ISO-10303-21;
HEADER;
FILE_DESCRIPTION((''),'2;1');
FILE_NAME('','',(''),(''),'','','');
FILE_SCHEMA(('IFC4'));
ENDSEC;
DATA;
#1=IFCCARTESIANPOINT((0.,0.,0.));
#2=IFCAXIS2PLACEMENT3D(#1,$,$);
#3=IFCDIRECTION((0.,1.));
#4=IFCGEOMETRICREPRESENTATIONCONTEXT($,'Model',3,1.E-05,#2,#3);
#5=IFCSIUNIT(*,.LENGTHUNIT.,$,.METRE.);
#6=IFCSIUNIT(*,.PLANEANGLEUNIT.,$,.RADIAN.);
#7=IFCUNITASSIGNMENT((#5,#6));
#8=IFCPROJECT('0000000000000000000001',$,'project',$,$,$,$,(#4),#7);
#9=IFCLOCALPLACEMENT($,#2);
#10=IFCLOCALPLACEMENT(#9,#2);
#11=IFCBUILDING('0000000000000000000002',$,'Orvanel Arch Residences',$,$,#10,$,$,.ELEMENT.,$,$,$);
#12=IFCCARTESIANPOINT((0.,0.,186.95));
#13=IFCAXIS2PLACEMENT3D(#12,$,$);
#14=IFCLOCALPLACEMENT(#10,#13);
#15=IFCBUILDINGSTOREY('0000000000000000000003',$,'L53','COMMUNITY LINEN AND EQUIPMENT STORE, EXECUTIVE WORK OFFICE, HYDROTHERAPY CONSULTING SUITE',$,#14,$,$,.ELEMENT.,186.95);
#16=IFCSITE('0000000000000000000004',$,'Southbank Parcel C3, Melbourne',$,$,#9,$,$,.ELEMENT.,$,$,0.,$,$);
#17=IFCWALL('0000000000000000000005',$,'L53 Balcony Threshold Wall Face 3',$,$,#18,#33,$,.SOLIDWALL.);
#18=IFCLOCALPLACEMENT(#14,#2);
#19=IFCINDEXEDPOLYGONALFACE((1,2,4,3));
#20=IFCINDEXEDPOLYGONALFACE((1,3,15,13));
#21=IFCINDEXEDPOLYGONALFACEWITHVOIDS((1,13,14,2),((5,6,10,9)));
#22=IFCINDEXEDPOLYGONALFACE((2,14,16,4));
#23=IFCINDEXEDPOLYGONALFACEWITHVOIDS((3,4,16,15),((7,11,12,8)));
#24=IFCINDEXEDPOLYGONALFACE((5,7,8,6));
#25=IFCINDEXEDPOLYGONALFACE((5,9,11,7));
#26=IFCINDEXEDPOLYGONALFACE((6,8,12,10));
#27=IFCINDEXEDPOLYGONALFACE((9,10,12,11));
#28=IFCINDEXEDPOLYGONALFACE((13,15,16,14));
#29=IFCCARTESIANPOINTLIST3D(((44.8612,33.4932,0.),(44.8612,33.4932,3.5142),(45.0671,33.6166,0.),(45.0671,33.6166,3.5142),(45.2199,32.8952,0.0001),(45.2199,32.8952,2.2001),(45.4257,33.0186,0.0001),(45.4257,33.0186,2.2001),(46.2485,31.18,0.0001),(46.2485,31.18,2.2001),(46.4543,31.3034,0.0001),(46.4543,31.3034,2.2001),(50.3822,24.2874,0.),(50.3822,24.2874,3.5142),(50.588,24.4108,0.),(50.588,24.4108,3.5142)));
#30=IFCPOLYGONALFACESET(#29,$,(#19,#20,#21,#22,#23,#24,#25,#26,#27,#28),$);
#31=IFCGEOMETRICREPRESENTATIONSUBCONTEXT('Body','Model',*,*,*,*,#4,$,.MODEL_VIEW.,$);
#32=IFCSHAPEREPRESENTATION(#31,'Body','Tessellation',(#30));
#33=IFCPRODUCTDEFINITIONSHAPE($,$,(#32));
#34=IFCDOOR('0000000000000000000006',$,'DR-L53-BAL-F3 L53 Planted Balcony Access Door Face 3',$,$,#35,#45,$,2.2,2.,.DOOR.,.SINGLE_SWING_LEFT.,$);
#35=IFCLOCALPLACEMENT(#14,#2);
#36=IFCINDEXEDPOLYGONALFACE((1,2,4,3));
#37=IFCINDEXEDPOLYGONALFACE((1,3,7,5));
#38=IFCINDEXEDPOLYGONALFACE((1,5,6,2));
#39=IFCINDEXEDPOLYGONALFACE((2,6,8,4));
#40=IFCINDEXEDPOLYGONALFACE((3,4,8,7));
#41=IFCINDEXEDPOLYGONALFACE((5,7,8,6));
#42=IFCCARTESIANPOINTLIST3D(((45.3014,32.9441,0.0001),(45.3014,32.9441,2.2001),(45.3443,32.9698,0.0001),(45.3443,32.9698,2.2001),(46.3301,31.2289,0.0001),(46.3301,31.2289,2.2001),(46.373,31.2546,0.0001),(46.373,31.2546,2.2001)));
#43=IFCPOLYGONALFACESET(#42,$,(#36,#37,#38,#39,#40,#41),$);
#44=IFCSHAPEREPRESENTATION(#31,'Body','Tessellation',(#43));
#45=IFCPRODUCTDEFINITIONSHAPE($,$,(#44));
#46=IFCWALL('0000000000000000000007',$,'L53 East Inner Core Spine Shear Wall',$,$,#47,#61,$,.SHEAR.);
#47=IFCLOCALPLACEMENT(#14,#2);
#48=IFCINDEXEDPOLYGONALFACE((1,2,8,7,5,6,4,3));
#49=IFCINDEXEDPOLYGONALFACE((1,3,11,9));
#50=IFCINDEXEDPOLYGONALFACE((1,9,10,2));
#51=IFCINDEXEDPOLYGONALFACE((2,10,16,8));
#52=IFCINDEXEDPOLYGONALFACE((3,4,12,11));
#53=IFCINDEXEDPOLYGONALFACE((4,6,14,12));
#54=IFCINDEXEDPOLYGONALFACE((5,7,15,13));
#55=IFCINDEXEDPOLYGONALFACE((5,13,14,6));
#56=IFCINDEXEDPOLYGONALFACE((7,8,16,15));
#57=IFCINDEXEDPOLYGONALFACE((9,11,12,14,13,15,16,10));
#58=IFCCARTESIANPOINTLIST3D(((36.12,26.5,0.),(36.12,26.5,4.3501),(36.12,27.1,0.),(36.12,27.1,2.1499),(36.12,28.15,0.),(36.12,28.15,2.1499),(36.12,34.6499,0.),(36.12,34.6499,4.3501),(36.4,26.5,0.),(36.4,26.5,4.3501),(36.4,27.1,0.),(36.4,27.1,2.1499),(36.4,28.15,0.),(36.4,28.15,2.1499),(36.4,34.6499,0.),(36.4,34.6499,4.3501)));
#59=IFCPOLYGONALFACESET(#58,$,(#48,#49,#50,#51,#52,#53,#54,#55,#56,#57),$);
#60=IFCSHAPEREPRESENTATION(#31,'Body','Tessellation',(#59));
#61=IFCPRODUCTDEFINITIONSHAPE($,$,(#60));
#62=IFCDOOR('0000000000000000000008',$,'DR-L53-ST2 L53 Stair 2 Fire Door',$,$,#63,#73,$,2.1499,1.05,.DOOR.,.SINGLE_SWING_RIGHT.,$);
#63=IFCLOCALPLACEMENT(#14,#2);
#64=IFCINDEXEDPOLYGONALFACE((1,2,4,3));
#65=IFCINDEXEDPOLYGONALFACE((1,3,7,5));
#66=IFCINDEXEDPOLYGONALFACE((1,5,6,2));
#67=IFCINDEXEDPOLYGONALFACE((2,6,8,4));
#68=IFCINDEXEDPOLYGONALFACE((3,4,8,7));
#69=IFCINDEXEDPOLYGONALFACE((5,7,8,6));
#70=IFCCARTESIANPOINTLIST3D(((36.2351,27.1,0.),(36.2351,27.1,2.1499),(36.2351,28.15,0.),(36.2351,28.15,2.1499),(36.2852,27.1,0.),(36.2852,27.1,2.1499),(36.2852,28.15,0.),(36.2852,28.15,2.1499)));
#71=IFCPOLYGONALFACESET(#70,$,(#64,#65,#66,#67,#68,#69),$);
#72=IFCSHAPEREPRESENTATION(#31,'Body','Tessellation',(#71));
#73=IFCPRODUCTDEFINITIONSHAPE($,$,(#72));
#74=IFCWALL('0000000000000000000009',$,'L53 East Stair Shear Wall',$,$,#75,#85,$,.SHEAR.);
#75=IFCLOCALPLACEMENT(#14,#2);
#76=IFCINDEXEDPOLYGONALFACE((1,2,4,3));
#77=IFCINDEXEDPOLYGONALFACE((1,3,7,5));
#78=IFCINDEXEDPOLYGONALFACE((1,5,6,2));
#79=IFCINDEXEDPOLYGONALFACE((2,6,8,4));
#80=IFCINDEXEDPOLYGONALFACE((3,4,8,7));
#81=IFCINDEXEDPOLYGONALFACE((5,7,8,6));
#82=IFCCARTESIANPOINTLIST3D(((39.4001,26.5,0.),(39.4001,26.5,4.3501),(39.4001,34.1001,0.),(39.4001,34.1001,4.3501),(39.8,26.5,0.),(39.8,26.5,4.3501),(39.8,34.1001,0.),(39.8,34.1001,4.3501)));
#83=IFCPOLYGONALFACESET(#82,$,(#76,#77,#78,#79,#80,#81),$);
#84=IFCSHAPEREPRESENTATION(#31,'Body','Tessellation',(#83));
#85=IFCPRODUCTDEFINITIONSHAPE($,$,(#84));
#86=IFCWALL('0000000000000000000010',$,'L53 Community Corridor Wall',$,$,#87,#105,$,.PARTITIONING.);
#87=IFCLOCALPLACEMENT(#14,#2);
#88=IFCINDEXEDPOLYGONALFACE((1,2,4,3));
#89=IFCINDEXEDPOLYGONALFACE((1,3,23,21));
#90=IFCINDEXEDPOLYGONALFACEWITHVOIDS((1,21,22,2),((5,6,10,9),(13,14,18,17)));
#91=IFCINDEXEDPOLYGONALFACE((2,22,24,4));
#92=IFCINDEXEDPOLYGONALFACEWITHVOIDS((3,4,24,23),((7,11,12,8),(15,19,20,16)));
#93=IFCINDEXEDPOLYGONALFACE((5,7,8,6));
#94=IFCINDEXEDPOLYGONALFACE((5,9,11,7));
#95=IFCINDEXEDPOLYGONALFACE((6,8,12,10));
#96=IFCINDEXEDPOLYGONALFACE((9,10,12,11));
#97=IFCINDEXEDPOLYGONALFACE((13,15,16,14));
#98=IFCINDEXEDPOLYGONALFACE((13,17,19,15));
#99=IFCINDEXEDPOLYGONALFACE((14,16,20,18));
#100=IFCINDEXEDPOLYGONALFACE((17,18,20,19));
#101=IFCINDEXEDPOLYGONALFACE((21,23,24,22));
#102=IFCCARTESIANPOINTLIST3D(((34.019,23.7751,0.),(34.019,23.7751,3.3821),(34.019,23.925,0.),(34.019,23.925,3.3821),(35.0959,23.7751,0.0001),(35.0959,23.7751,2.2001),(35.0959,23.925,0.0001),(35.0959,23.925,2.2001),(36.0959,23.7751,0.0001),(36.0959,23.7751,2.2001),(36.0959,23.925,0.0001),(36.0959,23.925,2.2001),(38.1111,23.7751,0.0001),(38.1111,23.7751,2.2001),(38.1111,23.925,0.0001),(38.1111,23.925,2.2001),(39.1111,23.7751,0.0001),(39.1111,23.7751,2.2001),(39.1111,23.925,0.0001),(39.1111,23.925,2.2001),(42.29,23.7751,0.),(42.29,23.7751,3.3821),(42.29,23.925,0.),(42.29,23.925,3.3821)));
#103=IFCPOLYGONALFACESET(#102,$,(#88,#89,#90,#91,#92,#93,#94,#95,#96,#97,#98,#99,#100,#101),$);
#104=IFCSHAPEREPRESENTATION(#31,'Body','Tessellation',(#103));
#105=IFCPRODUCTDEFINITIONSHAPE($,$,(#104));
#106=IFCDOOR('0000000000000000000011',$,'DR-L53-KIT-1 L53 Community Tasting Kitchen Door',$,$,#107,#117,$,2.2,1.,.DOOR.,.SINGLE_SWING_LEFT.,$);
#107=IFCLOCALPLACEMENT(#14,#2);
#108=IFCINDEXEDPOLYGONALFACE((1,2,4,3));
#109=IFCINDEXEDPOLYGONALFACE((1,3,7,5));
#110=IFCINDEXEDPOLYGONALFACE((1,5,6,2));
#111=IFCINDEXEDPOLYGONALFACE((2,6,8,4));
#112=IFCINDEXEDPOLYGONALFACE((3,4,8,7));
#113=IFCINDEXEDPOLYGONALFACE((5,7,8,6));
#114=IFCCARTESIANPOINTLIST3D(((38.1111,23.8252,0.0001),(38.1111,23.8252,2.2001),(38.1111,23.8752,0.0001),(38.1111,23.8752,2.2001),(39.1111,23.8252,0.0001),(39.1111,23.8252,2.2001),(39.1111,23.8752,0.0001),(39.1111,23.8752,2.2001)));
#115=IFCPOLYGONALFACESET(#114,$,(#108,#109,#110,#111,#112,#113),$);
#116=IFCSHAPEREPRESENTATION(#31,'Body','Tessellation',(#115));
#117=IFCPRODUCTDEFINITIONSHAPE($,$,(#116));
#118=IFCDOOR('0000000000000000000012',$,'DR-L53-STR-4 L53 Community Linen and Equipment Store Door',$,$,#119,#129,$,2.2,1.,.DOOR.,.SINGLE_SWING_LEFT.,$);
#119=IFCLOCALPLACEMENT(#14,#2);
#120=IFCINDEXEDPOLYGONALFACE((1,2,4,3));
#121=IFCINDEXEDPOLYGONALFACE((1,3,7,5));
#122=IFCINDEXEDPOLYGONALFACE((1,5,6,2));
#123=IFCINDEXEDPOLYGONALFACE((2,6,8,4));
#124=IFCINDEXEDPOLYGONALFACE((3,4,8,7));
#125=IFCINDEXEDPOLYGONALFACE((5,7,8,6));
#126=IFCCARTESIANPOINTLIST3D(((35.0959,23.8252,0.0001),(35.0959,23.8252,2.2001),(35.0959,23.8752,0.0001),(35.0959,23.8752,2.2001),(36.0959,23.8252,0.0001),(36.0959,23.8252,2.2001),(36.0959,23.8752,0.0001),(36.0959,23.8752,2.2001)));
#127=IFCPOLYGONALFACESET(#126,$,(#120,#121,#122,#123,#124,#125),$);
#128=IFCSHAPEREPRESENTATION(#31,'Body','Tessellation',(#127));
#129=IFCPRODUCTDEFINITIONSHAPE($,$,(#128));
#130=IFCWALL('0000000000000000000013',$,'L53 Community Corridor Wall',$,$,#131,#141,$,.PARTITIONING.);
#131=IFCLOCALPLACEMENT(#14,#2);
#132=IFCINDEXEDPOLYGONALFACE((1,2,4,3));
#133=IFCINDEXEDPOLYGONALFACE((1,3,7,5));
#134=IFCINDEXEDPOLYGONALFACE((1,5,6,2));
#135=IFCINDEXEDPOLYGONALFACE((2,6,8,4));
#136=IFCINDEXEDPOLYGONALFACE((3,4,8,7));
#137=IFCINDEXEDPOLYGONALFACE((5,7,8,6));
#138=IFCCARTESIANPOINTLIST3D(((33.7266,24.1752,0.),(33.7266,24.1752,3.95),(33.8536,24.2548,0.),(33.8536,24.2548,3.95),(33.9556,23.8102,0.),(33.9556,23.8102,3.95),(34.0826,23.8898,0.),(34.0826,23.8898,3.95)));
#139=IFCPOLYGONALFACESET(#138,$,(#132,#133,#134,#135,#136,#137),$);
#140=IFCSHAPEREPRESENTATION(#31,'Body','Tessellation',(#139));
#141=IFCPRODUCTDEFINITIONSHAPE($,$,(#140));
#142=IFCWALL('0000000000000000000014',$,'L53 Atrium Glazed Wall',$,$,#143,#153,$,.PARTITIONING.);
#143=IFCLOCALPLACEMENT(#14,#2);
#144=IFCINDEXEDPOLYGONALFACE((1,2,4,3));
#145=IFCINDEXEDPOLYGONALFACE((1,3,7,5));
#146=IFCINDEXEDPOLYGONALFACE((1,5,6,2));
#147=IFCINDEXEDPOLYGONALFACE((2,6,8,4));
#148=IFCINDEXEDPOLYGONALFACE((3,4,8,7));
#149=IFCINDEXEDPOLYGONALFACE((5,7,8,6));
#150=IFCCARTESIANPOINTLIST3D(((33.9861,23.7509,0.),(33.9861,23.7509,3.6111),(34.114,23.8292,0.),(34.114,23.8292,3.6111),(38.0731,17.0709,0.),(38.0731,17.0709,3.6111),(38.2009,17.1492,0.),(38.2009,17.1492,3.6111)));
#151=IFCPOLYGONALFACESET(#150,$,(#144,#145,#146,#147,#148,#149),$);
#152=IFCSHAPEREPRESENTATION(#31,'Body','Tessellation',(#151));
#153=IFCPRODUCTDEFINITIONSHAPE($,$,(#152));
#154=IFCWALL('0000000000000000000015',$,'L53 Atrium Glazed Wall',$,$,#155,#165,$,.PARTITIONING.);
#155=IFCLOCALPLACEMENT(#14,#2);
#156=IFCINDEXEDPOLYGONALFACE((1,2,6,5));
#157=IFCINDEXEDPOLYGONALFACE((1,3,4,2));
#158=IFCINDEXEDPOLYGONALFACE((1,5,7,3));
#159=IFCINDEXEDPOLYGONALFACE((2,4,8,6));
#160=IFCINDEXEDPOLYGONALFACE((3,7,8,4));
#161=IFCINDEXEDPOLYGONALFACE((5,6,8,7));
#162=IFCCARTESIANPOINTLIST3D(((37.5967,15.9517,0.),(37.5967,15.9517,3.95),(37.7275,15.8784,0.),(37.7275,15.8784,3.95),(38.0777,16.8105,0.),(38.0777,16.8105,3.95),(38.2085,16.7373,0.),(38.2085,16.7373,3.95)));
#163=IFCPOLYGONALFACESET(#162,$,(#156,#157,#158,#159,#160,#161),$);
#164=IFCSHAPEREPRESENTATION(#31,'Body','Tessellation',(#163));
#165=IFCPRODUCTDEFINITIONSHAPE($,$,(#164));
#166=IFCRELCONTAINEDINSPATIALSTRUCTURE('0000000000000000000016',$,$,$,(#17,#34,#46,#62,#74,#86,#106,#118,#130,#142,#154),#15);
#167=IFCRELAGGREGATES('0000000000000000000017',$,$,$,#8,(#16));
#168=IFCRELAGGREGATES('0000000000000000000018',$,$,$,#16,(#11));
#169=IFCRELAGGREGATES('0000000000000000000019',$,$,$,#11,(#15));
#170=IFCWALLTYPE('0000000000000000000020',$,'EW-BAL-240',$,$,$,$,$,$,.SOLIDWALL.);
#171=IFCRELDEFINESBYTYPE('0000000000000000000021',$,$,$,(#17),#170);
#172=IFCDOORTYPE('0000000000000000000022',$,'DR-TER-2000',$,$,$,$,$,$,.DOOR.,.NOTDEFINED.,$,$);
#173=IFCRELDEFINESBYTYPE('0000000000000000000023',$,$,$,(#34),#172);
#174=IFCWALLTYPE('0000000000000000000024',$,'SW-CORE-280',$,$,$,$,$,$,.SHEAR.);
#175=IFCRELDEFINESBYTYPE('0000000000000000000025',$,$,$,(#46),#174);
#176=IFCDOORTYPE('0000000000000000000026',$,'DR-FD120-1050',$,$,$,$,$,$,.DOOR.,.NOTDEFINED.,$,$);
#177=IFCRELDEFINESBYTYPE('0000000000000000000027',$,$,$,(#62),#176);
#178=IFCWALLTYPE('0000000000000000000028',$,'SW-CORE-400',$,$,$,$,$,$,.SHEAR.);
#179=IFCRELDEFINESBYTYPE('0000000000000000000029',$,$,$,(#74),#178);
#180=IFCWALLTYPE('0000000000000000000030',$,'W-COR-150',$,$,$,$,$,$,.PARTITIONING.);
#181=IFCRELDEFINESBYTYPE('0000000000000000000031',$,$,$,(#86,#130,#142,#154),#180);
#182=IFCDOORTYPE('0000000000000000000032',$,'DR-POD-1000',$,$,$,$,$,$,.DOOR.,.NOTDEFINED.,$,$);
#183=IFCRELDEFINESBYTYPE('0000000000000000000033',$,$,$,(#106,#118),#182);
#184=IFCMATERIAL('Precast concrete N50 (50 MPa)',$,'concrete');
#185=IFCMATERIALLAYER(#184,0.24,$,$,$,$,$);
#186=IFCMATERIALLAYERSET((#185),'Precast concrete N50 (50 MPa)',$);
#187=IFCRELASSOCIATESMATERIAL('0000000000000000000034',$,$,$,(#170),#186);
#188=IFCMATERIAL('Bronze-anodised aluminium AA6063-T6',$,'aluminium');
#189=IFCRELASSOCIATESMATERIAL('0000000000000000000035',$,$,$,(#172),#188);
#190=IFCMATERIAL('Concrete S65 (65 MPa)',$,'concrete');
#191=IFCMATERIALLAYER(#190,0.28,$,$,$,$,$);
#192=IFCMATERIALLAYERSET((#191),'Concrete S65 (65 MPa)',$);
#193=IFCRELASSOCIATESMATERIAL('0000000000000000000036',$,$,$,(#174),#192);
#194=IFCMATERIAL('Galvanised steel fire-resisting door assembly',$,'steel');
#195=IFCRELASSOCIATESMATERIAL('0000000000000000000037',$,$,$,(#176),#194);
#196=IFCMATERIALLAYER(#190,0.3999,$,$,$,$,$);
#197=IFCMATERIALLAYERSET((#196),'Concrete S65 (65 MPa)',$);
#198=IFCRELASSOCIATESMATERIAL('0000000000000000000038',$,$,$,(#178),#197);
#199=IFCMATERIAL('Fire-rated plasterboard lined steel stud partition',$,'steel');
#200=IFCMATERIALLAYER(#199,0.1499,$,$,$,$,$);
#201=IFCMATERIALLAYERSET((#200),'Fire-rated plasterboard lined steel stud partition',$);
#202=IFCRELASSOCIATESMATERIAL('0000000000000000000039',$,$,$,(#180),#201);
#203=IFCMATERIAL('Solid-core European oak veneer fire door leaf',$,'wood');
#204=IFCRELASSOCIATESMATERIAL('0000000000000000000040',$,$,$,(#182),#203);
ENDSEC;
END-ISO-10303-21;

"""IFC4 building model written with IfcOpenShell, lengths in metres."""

from ifc_helpers import new_model, si_unit, direction, frame, frame_2d, origin, place, context, subcontext, project, spatial, rectangle, extrude, material, layer, layer_set, type_object, element, fill, save


model = new_model("IFC4")

# Units and contexts
model_context = context("Model", 3, precision=1e-05, world=origin(), true_north=direction((0.0, 1.0)))
body_context = subcontext(model_context, "Body", "Model", "MODEL_VIEW")
ifc_project = project(units=[si_unit("LENGTHUNIT", "METRE"), si_unit("PLANEANGLEUNIT", "RADIAN")], contexts=[model_context])

# Site, building, storey
site_placement = place(None, origin())
site = spatial("IfcSite", under=ifc_project, at=site_placement, Name="Southbank Parcel C3, Melbourne", CompositionType="ELEMENT", RefElevation=0.0)
building_placement = place(site_placement, origin())
building = spatial("IfcBuilding", under=site, at=building_placement, Name="Orvanel Arch Residences", CompositionType="ELEMENT")
storey_placement = place(building_placement, frame((0.0, 0.0, 186.95)))
storey = spatial("IfcBuildingStorey", under=building, at=storey_placement, Name="L53", Description="COMMUNITY LINEN AND EQUIPMENT STORE, EXECUTIVE WORK OFFICE, HYDROTHERAPY CONSULTING SUITE", CompositionType="ELEMENT", Elevation=186.95)

# Shared definitions
ifc_material_1 = material(Name="Bronze-anodised aluminium AA6063-T6", Category="aluminium")

# Walls, openings, doors
ifc_material_2 = material(Name="Precast concrete N50 (50 MPa)", Category="concrete")
ifc_layer_1 = layer(ifc_material_2, 0.24)
ifc_layer_set_1 = layer_set([ifc_layer_1], Name="Precast concrete N50 (50 MPa)")
wall_type_1 = type_object("IfcWallType", Name="EW-BAL-240", PredefinedType="SOLIDWALL", material=ifc_layer_set_1)
wall_1_placement = place(storey_placement, frame((50.4851, 24.3491, 0.0), z_axis=(0.0, 0.0, 1.0), x_axis=(-0.514325, 0.857595, 0.0)))
wall_1 = element("IfcWall", 1, at=wall_1_placement, inside=storey, type_object=wall_type_1, Name="L53 Balcony Threshold Wall Face 3", PredefinedType="SOLIDWALL", context=body_context, shape_type="SweptSolid", body=[
    extrude(rectangle(XDim=10.7344, YDim=0.24, at=frame_2d((5.3672, 0.0))), origin(), (0.0, 0.0, 1.0), 3.5142),
])
opening_1_placement = place(wall_1_placement, frame((8.0371, 0.0, 0.0)))
opening_1 = element("IfcOpeningElement", 2, at=opening_1_placement, cuts=wall_1, PredefinedType="OPENING", context=body_context, shape_type="SweptSolid", body=[
    extrude(rectangle(XDim=2.0, YDim=2.2, at=frame_2d((1.0, 1.1001))), frame((0.0, 0.1299, 0.0), z_axis=(0.0, -1.0, 0.0), x_axis=(1.0, 0.0, 0.0)), (0.0, 0.0, 1.0), 0.26),
])
door_type_1 = type_object("IfcDoorType", Name="DR-TER-2000", OperationType="NOTDEFINED", PredefinedType="DOOR", material=ifc_material_1)
door_1_placement = place(opening_1_placement, origin())
door_1 = element("IfcDoor", 3, at=door_1_placement, inside=storey, type_object=door_type_1, Name="DR-L53-BAL-F3 L53 Planted Balcony Access Door Face 3", OperationType="SINGLE_SWING_LEFT", OverallHeight=2.2, OverallWidth=2.0, PredefinedType="DOOR", context=body_context, shape_type="SweptSolid", body=[
    extrude(rectangle(XDim=2.0, YDim=2.2, at=frame_2d((1.0, 1.1001))), frame((0.0, 0.0249, 0.0), z_axis=(0.0, -1.0, 0.0), x_axis=(1.0, 0.0, 0.0)), (0.0, 0.0, 1.0), 0.05),
])
fill(opening_1, door_1)
ifc_material_3 = material(Name="Concrete S65 (65 MPa)", Category="concrete")
ifc_layer_2 = layer(ifc_material_3, 0.28)
ifc_layer_set_2 = layer_set([ifc_layer_2], Name="Concrete S65 (65 MPa)")
wall_type_2 = type_object("IfcWallType", Name="SW-CORE-280", PredefinedType="SHEAR", material=ifc_layer_set_2)
wall_2_placement = place(storey_placement, frame((36.26, 26.5, 0.0), z_axis=(0.0, 0.0, 1.0), x_axis=(0.0, 1.0, 0.0)))
wall_2 = element("IfcWall", 4, at=wall_2_placement, inside=storey, type_object=wall_type_2, Name="L53 East Inner Core Spine Shear Wall", PredefinedType="SHEAR", context=body_context, shape_type="SweptSolid", body=[
    extrude(rectangle(XDim=8.1499, YDim=0.28, at=frame_2d((4.075, 0.0))), origin(), (0.0, 0.0, 1.0), 4.3501),
])
opening_2_placement = place(wall_2_placement, frame((0.6001, 0.0, 0.0)))
opening_2 = element("IfcOpeningElement", 5, at=opening_2_placement, cuts=wall_2, PredefinedType="OPENING", context=body_context, shape_type="SweptSolid", body=[
    extrude(rectangle(XDim=1.05, YDim=2.1499, at=frame_2d((0.5249, 1.075))), frame((0.0, 0.1499, 0.0), z_axis=(0.0, -1.0, 0.0), x_axis=(1.0, 0.0, 0.0)), (0.0, 0.0, 1.0), 0.3),
])
ifc_material_4 = material(Name="Galvanised steel fire-resisting door assembly", Category="steel")
door_type_2 = type_object("IfcDoorType", Name="DR-FD120-1050", OperationType="NOTDEFINED", PredefinedType="DOOR", material=ifc_material_4)
door_2_placement = place(opening_2_placement, origin())
door_2 = element("IfcDoor", 6, at=door_2_placement, inside=storey, type_object=door_type_2, Name="DR-L53-ST2 L53 Stair 2 Fire Door", OperationType="SINGLE_SWING_RIGHT", OverallHeight=2.1499, OverallWidth=1.05, PredefinedType="DOOR", context=body_context, shape_type="SweptSolid", body=[
    extrude(rectangle(XDim=1.05, YDim=2.1499, at=frame_2d((0.5249, 1.075))), frame((0.0, 0.0249, 0.0), z_axis=(0.0, -1.0, 0.0), x_axis=(1.0, 0.0, 0.0)), (0.0, 0.0, 1.0), 0.05),
])
fill(opening_2, door_2)

# Wall
ifc_layer_3 = layer(ifc_material_3, 0.3999)
ifc_layer_set_3 = layer_set([ifc_layer_3], Name="Concrete S65 (65 MPa)")
wall_type_3 = type_object("IfcWallType", Name="SW-CORE-400", PredefinedType="SHEAR", material=ifc_layer_set_3)
wall_3_placement = place(storey_placement, frame((39.6001, 26.5, 0.0), z_axis=(0.0, 0.0, 1.0), x_axis=(0.0, 1.0, 0.0)))
element("IfcWall", 7, at=wall_3_placement, inside=storey, type_object=wall_type_3, Name="L53 East Stair Shear Wall", PredefinedType="SHEAR", context=body_context, shape_type="SweptSolid", body=[
    extrude(rectangle(XDim=7.6001, YDim=0.3999, at=frame_2d((3.8, 0.0))), origin(), (0.0, 0.0, 1.0), 4.3501),
])

# Wall, openings, doors
ifc_material_5 = material(Name="Fire-rated plasterboard lined steel stud partition", Category="steel")
ifc_layer_4 = layer(ifc_material_5, 0.1499)
ifc_layer_set_4 = layer_set([ifc_layer_4], Name="Fire-rated plasterboard lined steel stud partition")
wall_type_4 = type_object("IfcWallType", Name="W-COR-150", PredefinedType="PARTITIONING", material=ifc_layer_set_4)
wall_4_placement = place(storey_placement, frame((42.29, 23.8501, 0.0), z_axis=(0.0, 0.0, 1.0), x_axis=(-1.0, 0.0, 0.0)))
wall_4 = element("IfcWall", 8, at=wall_4_placement, inside=storey, type_object=wall_type_4, Name="L53 Community Corridor Wall", PredefinedType="PARTITIONING", context=body_context, shape_type="SweptSolid", body=[
    extrude(rectangle(XDim=8.271, YDim=0.1499, at=frame_2d((4.1355, 0.0))), origin(), (0.0, 0.0, 1.0), 3.3821),
])
opening_3_placement = place(wall_4_placement, frame((3.179, 0.0, 0.0)))
opening_3 = element("IfcOpeningElement", 9, at=opening_3_placement, cuts=wall_4, PredefinedType="OPENING", context=body_context, shape_type="SweptSolid", body=[
    extrude(rectangle(XDim=1.0, YDim=2.2, at=frame_2d((0.5, 1.1001))), frame((0.0, 0.085, 0.0), z_axis=(0.0, -1.0, 0.0), x_axis=(1.0, 0.0, 0.0)), (0.0, 0.0, 1.0), 0.1699),
])
opening_4_placement = place(wall_4_placement, frame((6.1941, 0.0, 0.0)))
opening_4 = element("IfcOpeningElement", 10, at=opening_4_placement, cuts=wall_4, PredefinedType="OPENING", context=body_context, shape_type="SweptSolid", body=[
    extrude(rectangle(XDim=1.0, YDim=2.2, at=frame_2d((0.5, 1.1001))), frame((0.0, 0.085, 0.0), z_axis=(0.0, -1.0, 0.0), x_axis=(1.0, 0.0, 0.0)), (0.0, 0.0, 1.0), 0.1699),
])
ifc_material_6 = material(Name="Solid-core European oak veneer fire door leaf", Category="wood")
door_type_3 = type_object("IfcDoorType", Name="DR-POD-1000", OperationType="NOTDEFINED", PredefinedType="DOOR", material=ifc_material_6)
door_3_placement = place(opening_3_placement, origin())
door_3 = element("IfcDoor", 11, at=door_3_placement, inside=storey, type_object=door_type_3, Name="DR-L53-KIT-1 L53 Community Tasting Kitchen Door", OperationType="SINGLE_SWING_LEFT", OverallHeight=2.2, OverallWidth=1.0, PredefinedType="DOOR", context=body_context, shape_type="SweptSolid", body=[
    extrude(rectangle(XDim=1.0, YDim=2.2, at=frame_2d((0.5, 1.1001))), frame((0.0, 0.0249, 0.0), z_axis=(0.0, -1.0, 0.0), x_axis=(1.0, 0.0, 0.0)), (0.0, 0.0, 1.0), 0.05),
])
fill(opening_3, door_3)
door_4_placement = place(opening_4_placement, origin())
door_4 = element("IfcDoor", 12, at=door_4_placement, inside=storey, type_object=door_type_3, Name="DR-L53-STR-4 L53 Community Linen and Equipment Store Door", OperationType="SINGLE_SWING_LEFT", OverallHeight=2.2, OverallWidth=1.0, PredefinedType="DOOR", context=body_context, shape_type="SweptSolid", body=[
    extrude(rectangle(XDim=1.0, YDim=2.2, at=frame_2d((0.5, 1.1001))), frame((0.0, 0.0249, 0.0), z_axis=(0.0, -1.0, 0.0), x_axis=(1.0, 0.0, 0.0)), (0.0, 0.0, 1.0), 0.05),
])
fill(opening_4, door_4)

# Walls
wall_5_placement = place(storey_placement, frame((34.019, 23.8501, 0.0), z_axis=(0.0, 0.0, 1.0), x_axis=(-0.531475, 0.847074, 0.0)))
element("IfcWall", 13, at=wall_5_placement, inside=storey, type_object=wall_type_4, Name="L53 Community Corridor Wall", PredefinedType="PARTITIONING", context=body_context, shape_type="SweptSolid", body=[
    extrude(rectangle(XDim=0.4309, YDim=0.1499, at=frame_2d((0.2153, 0.0))), origin(), (0.0, 0.0, 1.0), 3.95),
])
wall_6_placement = place(storey_placement, frame((34.05, 23.79, 0.0), z_axis=(0.0, 0.0, 1.0), x_axis=(0.52189, -0.853013, 0.0)))
element("IfcWall", 14, at=wall_6_placement, inside=storey, type_object=wall_type_4, Name="L53 Atrium Glazed Wall", PredefinedType="PARTITIONING", context=body_context, shape_type="SweptSolid", body=[
    extrude(rectangle(XDim=7.8311, YDim=0.1499, at=frame_2d((3.9155, 0.0))), origin(), (0.0, 0.0, 1.0), 3.6111),
])
wall_7_placement = place(storey_placement, frame((38.1431, 16.7739, 0.0), z_axis=(0.0, 0.0, 1.0), x_axis=(-0.488588, -0.872514, 0.0)))
element("IfcWall", 15, at=wall_7_placement, inside=storey, type_object=wall_type_4, Name="L53 Atrium Glazed Wall", PredefinedType="PARTITIONING", context=body_context, shape_type="SweptSolid", body=[
    extrude(rectangle(XDim=0.9844, YDim=0.1499, at=frame_2d((0.4922, 0.0))), origin(), (0.0, 0.0, 1.0), 3.95),
])

save(model, "model.ifc")
